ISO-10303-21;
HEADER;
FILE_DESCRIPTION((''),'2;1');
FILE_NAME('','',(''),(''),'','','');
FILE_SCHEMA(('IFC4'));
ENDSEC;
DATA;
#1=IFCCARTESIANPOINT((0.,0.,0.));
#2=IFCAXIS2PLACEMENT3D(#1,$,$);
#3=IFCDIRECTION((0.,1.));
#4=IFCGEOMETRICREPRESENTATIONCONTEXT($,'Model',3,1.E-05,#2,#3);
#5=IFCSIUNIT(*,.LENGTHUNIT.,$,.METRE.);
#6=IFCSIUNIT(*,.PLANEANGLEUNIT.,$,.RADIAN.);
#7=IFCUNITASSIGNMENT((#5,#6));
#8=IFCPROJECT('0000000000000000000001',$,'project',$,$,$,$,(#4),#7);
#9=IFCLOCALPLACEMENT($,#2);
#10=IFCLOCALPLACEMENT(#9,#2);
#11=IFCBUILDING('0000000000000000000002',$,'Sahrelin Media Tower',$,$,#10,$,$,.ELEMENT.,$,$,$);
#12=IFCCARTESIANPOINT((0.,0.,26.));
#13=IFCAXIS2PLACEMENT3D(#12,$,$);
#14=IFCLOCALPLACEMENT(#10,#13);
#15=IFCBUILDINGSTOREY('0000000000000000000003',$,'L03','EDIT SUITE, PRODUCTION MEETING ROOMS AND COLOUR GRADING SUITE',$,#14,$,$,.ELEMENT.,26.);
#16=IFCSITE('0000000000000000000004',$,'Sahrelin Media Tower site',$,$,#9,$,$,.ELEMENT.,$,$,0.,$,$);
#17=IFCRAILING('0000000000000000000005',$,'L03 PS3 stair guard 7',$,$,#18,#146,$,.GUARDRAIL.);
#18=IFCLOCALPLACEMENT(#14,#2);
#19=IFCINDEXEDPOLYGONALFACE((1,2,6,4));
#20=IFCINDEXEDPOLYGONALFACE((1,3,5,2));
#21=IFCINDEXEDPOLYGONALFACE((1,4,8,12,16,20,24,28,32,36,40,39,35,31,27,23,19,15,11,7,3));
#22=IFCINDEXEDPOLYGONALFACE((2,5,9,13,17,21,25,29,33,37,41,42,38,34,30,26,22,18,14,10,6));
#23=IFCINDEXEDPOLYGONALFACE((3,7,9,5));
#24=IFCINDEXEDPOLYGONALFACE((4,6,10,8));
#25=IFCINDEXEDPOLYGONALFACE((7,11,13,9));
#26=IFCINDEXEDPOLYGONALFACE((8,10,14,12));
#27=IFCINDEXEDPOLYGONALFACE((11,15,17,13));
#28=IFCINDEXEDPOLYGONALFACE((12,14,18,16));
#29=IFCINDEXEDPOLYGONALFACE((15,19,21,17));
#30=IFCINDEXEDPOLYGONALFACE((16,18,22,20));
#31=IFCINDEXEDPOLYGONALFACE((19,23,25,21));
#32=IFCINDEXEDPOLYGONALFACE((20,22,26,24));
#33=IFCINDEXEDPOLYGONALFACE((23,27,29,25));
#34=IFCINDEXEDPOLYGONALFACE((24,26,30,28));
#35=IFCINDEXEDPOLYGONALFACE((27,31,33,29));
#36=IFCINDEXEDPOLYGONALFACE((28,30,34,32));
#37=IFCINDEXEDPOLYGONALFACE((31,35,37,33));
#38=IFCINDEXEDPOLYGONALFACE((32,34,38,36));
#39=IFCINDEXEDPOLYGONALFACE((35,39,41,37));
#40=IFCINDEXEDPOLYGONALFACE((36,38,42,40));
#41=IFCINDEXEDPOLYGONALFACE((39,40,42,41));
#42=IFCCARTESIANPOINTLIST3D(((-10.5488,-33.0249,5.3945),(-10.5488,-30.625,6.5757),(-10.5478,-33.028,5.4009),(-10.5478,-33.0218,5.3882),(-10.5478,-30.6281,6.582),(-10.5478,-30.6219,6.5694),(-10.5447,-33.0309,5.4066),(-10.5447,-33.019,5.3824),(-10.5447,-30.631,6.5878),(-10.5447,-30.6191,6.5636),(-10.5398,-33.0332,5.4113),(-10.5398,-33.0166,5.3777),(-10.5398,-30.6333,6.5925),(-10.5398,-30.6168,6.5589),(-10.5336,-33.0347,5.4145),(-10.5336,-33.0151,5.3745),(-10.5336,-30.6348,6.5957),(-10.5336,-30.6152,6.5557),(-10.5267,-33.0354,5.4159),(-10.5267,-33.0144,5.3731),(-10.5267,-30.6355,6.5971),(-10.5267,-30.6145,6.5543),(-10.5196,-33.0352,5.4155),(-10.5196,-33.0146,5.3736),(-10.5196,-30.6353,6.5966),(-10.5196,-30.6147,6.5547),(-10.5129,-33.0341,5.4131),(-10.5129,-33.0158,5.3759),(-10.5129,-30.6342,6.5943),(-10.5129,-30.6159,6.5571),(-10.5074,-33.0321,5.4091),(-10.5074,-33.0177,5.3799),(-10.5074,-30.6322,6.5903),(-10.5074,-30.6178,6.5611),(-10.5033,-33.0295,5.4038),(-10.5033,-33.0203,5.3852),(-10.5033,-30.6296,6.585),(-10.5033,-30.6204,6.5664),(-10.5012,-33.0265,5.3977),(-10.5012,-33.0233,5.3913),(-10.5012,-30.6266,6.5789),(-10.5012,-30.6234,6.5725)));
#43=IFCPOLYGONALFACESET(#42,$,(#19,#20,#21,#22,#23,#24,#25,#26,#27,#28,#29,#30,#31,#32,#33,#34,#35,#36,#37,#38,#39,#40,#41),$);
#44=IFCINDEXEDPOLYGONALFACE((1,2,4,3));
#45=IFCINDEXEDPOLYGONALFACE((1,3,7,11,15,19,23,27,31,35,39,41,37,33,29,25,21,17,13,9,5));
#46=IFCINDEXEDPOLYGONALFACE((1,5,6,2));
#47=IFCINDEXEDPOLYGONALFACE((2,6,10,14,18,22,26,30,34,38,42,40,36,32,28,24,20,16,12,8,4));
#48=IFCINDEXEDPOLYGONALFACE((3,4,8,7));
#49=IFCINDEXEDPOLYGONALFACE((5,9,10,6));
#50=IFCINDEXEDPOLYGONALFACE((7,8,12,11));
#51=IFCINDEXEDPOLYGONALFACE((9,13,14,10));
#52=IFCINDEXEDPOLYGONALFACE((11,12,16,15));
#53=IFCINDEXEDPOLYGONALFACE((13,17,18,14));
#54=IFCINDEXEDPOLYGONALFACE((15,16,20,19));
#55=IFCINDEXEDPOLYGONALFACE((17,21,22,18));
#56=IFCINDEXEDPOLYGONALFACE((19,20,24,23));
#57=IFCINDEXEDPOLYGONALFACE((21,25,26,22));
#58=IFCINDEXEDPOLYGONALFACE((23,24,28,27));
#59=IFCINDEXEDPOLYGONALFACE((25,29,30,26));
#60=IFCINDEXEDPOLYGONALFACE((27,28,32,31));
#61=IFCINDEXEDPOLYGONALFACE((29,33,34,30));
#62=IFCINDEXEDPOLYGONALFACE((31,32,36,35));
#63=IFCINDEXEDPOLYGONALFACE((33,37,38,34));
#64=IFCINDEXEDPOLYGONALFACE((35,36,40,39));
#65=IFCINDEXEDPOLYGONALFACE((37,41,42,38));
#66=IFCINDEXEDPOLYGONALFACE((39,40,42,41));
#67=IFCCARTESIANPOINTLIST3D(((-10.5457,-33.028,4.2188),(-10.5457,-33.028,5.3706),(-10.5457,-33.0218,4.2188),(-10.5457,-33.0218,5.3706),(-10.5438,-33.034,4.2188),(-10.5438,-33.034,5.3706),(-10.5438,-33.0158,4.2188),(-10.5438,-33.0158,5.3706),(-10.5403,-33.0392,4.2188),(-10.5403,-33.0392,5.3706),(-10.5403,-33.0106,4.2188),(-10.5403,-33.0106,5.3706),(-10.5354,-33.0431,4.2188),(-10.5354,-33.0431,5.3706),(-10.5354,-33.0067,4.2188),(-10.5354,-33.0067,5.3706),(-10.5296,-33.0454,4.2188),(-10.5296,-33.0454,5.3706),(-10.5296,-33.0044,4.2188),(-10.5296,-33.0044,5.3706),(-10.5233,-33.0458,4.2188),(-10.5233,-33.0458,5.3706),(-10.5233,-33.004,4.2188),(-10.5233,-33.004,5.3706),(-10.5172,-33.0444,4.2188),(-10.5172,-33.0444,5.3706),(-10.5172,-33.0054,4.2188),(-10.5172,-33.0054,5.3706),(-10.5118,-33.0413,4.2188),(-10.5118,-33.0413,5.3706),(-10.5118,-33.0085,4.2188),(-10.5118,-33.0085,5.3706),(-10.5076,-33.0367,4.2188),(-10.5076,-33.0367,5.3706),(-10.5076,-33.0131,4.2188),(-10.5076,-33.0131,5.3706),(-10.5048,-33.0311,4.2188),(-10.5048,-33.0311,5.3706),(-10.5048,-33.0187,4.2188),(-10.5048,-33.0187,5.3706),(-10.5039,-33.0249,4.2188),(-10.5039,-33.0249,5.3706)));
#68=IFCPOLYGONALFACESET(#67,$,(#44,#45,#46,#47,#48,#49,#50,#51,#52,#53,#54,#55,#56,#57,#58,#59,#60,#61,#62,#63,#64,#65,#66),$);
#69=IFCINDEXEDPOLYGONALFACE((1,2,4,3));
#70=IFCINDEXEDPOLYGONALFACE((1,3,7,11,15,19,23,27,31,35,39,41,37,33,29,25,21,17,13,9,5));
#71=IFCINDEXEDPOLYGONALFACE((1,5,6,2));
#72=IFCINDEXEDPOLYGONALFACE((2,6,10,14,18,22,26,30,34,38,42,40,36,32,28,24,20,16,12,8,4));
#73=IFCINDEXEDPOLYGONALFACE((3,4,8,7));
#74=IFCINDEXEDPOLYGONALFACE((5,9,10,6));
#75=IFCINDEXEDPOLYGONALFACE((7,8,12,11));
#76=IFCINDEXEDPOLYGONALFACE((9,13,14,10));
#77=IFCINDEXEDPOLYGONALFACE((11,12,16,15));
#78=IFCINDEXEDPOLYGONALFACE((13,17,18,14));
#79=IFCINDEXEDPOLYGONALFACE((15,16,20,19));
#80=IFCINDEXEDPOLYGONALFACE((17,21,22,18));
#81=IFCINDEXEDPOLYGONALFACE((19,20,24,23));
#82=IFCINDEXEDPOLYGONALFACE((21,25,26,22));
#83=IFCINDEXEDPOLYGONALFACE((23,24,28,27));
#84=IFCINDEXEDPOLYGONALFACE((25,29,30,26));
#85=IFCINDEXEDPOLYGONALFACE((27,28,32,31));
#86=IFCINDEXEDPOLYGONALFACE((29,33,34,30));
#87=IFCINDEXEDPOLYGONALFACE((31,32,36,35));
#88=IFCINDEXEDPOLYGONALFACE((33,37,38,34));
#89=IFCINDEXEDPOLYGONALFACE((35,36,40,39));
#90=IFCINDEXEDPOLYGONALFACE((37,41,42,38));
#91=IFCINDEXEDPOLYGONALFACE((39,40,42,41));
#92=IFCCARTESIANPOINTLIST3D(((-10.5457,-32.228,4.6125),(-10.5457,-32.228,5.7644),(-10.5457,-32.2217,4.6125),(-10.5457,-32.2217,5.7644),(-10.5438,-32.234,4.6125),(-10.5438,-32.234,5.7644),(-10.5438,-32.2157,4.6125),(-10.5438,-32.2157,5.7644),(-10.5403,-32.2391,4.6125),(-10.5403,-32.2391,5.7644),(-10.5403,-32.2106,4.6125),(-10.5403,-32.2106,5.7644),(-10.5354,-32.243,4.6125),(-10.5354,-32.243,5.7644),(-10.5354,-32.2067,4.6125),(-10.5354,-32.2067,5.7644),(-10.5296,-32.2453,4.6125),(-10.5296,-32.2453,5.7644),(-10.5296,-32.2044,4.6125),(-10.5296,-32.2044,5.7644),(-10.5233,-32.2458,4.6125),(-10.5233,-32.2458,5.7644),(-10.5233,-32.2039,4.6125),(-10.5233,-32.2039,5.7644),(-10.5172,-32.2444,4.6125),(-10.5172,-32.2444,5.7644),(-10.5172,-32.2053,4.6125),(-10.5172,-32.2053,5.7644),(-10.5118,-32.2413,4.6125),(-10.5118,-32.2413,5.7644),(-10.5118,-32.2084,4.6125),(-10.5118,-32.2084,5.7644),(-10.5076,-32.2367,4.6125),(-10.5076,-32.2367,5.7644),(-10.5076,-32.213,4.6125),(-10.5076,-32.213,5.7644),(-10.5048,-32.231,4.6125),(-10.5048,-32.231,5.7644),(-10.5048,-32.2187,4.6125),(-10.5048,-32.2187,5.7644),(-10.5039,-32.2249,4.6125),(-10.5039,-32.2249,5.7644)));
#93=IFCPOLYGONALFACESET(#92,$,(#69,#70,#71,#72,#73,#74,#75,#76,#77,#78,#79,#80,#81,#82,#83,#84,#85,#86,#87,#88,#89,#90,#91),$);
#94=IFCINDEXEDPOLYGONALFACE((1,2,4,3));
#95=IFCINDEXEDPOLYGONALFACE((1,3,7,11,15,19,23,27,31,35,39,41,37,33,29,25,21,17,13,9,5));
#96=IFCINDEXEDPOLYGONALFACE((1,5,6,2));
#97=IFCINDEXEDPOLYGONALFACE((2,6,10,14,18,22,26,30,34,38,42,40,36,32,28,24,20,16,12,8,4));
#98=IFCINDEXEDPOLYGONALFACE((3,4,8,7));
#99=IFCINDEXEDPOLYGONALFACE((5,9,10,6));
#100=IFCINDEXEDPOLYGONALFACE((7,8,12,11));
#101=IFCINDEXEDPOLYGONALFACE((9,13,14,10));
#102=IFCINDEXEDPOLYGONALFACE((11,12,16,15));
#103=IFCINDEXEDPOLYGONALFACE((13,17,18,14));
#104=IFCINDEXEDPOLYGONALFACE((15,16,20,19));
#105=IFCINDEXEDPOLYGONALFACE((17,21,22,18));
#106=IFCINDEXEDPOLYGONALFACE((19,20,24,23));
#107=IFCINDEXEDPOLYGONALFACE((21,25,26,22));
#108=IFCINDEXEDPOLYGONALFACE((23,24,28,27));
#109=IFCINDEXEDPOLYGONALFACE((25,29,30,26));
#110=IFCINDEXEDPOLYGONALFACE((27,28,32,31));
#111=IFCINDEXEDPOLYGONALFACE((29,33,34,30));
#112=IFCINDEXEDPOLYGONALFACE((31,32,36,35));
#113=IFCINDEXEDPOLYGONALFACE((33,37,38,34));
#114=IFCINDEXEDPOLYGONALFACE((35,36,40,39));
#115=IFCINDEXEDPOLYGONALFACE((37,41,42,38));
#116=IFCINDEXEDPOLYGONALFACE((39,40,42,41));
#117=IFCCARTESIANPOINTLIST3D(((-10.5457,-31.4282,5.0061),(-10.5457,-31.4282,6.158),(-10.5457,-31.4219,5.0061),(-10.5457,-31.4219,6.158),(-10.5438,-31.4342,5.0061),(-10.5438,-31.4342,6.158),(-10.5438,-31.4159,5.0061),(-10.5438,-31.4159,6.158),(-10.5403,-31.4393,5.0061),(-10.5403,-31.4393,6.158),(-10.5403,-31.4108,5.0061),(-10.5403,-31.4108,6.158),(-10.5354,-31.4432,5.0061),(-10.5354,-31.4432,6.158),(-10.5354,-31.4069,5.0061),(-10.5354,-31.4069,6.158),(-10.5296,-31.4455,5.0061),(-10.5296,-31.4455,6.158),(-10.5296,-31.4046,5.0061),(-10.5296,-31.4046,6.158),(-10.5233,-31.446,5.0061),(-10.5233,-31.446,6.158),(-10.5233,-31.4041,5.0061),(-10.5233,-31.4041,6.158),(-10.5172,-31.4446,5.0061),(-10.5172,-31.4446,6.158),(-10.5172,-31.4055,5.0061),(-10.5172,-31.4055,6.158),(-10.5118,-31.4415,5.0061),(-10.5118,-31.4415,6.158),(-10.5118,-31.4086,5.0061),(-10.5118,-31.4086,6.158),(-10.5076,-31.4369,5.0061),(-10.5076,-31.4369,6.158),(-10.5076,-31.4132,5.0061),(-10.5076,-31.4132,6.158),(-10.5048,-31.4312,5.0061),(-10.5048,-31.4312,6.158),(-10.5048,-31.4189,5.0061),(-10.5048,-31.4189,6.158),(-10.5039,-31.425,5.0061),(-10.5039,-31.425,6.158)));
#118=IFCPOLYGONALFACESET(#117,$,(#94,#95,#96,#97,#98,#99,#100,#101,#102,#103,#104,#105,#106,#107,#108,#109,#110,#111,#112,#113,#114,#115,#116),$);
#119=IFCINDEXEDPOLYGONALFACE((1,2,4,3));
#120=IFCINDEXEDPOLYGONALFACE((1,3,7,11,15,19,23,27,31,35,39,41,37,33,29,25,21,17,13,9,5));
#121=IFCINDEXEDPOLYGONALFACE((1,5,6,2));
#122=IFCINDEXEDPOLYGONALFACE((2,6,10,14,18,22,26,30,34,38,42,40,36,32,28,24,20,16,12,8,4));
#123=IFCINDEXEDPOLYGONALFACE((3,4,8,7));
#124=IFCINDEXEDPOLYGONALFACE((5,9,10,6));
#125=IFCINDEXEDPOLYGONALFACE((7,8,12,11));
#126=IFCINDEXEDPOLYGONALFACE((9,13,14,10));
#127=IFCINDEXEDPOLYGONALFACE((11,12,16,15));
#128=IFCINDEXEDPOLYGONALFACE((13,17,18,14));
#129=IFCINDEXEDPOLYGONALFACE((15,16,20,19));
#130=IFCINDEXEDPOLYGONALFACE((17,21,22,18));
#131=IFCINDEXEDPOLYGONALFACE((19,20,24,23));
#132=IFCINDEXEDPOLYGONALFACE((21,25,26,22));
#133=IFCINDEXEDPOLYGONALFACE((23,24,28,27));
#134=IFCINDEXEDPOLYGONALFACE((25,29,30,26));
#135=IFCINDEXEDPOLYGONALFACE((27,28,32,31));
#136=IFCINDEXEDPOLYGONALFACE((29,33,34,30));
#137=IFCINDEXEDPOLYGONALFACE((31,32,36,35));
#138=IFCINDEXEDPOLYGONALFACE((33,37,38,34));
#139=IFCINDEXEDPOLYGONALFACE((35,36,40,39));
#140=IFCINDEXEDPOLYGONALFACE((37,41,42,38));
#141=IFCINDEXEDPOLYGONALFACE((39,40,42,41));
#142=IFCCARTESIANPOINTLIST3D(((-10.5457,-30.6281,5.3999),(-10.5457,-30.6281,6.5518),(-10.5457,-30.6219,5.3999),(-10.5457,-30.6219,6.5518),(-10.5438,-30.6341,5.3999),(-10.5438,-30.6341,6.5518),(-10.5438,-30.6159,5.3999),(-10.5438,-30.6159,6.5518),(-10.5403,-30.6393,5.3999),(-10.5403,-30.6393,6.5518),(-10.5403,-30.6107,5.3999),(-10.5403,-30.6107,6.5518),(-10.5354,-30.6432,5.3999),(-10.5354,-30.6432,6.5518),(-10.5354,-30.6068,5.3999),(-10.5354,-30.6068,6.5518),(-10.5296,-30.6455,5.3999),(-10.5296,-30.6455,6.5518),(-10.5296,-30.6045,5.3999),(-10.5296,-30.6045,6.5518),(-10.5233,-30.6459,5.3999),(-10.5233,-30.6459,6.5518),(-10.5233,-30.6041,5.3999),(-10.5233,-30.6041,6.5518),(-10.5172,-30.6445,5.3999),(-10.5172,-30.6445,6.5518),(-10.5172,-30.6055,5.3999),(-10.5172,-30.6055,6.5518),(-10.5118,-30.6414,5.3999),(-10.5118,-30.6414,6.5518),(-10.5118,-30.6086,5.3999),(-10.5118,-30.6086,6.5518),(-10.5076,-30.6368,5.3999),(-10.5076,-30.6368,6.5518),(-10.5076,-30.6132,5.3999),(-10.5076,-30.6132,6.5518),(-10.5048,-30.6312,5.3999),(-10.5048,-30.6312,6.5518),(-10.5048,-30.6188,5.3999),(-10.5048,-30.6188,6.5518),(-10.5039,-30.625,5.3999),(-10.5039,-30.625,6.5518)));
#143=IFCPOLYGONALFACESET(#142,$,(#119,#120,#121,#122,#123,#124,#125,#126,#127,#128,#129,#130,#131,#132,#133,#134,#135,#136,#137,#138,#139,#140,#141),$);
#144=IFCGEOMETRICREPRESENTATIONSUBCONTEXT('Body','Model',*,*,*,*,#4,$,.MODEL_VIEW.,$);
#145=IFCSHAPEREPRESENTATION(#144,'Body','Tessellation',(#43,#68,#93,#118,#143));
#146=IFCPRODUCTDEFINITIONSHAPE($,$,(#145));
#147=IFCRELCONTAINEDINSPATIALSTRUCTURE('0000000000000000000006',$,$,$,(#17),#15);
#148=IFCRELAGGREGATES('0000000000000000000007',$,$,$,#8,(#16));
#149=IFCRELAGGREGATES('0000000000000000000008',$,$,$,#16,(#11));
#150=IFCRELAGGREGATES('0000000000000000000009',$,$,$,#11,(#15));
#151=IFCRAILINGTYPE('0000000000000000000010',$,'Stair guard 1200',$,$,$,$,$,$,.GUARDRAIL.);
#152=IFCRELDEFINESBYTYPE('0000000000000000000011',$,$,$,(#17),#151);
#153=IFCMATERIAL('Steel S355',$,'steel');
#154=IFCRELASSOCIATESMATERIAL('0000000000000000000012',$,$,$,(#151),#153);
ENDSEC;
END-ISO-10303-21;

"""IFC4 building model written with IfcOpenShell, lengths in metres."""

from ifc_helpers import new_model, si_unit, direction, frame, origin, origin_2d, place, context, subcontext, project, spatial, circle, extrude, material, type_object, element, save


model = new_model("IFC4")

# Units and contexts
model_context = context("Model", 3, precision=1e-05, world=origin(), true_north=direction((0.0, 1.0)))
body_context = subcontext(model_context, "Body", "Model", "MODEL_VIEW")
ifc_project = project(units=[si_unit("LENGTHUNIT", "METRE"), si_unit("PLANEANGLEUNIT", "RADIAN")], contexts=[model_context])

# Site, building, storey
site_placement = place(None, origin())
site = spatial("IfcSite", under=ifc_project, at=site_placement, Name="Sahrelin Media Tower site", CompositionType="ELEMENT", RefElevation=0.0)
building_placement = place(site_placement, origin())
building = spatial("IfcBuilding", under=site, at=building_placement, Name="Sahrelin Media Tower", CompositionType="ELEMENT")
storey_placement = place(building_placement, frame((0.0, 0.0, 26.0)))
storey = spatial("IfcBuildingStorey", under=building, at=storey_placement, Name="L03", Description="EDIT SUITE, PRODUCTION MEETING ROOMS AND COLOUR GRADING SUITE", CompositionType="ELEMENT", Elevation=26.0)

# Shared definitions
ifc_material_1 = material(Name="Steel S355", Category="steel")

# Railing
railing_type_1 = type_object("IfcRailingType", Name="Stair guard 1200", PredefinedType="GUARDRAIL", material=ifc_material_1)
railing_1_placement = place(storey_placement, frame((-10.5249, -33.0249, 4.2188)))
element("IfcRailing", 1, at=railing_1_placement, inside=storey, type_object=railing_type_1, Name="L03 PS3 stair guard 7", PredefinedType="GUARDRAIL", context=body_context, shape_type="SweptSolid", body=[
    extrude(circle(Radius=0.0239, at=origin_2d()), frame((0.0, 0.0, 1.1758), z_axis=(0.0, 0.897221, 0.441582), x_axis=(-1.0, 0.0, 0.0)), (0.0, 0.0, 1.0), 2.6748),
    extrude(circle(Radius=0.021, at=origin_2d()), origin(), (0.0, 0.0, 1.0), 1.1519),
    extrude(circle(Radius=0.021, at=origin_2d()), frame((0.0, 0.8, 0.3938)), (0.0, 0.0, 1.0), 1.1519),
    extrude(circle(Radius=0.021, at=origin_2d()), frame((0.0, 1.5999, 0.7874)), (0.0, 0.0, 1.0), 1.1519),
    extrude(circle(Radius=0.021, at=origin_2d()), frame((0.0, 2.3999, 1.1812)), (0.0, 0.0, 1.0), 1.1519),
])

save(model, "model.ifc")
